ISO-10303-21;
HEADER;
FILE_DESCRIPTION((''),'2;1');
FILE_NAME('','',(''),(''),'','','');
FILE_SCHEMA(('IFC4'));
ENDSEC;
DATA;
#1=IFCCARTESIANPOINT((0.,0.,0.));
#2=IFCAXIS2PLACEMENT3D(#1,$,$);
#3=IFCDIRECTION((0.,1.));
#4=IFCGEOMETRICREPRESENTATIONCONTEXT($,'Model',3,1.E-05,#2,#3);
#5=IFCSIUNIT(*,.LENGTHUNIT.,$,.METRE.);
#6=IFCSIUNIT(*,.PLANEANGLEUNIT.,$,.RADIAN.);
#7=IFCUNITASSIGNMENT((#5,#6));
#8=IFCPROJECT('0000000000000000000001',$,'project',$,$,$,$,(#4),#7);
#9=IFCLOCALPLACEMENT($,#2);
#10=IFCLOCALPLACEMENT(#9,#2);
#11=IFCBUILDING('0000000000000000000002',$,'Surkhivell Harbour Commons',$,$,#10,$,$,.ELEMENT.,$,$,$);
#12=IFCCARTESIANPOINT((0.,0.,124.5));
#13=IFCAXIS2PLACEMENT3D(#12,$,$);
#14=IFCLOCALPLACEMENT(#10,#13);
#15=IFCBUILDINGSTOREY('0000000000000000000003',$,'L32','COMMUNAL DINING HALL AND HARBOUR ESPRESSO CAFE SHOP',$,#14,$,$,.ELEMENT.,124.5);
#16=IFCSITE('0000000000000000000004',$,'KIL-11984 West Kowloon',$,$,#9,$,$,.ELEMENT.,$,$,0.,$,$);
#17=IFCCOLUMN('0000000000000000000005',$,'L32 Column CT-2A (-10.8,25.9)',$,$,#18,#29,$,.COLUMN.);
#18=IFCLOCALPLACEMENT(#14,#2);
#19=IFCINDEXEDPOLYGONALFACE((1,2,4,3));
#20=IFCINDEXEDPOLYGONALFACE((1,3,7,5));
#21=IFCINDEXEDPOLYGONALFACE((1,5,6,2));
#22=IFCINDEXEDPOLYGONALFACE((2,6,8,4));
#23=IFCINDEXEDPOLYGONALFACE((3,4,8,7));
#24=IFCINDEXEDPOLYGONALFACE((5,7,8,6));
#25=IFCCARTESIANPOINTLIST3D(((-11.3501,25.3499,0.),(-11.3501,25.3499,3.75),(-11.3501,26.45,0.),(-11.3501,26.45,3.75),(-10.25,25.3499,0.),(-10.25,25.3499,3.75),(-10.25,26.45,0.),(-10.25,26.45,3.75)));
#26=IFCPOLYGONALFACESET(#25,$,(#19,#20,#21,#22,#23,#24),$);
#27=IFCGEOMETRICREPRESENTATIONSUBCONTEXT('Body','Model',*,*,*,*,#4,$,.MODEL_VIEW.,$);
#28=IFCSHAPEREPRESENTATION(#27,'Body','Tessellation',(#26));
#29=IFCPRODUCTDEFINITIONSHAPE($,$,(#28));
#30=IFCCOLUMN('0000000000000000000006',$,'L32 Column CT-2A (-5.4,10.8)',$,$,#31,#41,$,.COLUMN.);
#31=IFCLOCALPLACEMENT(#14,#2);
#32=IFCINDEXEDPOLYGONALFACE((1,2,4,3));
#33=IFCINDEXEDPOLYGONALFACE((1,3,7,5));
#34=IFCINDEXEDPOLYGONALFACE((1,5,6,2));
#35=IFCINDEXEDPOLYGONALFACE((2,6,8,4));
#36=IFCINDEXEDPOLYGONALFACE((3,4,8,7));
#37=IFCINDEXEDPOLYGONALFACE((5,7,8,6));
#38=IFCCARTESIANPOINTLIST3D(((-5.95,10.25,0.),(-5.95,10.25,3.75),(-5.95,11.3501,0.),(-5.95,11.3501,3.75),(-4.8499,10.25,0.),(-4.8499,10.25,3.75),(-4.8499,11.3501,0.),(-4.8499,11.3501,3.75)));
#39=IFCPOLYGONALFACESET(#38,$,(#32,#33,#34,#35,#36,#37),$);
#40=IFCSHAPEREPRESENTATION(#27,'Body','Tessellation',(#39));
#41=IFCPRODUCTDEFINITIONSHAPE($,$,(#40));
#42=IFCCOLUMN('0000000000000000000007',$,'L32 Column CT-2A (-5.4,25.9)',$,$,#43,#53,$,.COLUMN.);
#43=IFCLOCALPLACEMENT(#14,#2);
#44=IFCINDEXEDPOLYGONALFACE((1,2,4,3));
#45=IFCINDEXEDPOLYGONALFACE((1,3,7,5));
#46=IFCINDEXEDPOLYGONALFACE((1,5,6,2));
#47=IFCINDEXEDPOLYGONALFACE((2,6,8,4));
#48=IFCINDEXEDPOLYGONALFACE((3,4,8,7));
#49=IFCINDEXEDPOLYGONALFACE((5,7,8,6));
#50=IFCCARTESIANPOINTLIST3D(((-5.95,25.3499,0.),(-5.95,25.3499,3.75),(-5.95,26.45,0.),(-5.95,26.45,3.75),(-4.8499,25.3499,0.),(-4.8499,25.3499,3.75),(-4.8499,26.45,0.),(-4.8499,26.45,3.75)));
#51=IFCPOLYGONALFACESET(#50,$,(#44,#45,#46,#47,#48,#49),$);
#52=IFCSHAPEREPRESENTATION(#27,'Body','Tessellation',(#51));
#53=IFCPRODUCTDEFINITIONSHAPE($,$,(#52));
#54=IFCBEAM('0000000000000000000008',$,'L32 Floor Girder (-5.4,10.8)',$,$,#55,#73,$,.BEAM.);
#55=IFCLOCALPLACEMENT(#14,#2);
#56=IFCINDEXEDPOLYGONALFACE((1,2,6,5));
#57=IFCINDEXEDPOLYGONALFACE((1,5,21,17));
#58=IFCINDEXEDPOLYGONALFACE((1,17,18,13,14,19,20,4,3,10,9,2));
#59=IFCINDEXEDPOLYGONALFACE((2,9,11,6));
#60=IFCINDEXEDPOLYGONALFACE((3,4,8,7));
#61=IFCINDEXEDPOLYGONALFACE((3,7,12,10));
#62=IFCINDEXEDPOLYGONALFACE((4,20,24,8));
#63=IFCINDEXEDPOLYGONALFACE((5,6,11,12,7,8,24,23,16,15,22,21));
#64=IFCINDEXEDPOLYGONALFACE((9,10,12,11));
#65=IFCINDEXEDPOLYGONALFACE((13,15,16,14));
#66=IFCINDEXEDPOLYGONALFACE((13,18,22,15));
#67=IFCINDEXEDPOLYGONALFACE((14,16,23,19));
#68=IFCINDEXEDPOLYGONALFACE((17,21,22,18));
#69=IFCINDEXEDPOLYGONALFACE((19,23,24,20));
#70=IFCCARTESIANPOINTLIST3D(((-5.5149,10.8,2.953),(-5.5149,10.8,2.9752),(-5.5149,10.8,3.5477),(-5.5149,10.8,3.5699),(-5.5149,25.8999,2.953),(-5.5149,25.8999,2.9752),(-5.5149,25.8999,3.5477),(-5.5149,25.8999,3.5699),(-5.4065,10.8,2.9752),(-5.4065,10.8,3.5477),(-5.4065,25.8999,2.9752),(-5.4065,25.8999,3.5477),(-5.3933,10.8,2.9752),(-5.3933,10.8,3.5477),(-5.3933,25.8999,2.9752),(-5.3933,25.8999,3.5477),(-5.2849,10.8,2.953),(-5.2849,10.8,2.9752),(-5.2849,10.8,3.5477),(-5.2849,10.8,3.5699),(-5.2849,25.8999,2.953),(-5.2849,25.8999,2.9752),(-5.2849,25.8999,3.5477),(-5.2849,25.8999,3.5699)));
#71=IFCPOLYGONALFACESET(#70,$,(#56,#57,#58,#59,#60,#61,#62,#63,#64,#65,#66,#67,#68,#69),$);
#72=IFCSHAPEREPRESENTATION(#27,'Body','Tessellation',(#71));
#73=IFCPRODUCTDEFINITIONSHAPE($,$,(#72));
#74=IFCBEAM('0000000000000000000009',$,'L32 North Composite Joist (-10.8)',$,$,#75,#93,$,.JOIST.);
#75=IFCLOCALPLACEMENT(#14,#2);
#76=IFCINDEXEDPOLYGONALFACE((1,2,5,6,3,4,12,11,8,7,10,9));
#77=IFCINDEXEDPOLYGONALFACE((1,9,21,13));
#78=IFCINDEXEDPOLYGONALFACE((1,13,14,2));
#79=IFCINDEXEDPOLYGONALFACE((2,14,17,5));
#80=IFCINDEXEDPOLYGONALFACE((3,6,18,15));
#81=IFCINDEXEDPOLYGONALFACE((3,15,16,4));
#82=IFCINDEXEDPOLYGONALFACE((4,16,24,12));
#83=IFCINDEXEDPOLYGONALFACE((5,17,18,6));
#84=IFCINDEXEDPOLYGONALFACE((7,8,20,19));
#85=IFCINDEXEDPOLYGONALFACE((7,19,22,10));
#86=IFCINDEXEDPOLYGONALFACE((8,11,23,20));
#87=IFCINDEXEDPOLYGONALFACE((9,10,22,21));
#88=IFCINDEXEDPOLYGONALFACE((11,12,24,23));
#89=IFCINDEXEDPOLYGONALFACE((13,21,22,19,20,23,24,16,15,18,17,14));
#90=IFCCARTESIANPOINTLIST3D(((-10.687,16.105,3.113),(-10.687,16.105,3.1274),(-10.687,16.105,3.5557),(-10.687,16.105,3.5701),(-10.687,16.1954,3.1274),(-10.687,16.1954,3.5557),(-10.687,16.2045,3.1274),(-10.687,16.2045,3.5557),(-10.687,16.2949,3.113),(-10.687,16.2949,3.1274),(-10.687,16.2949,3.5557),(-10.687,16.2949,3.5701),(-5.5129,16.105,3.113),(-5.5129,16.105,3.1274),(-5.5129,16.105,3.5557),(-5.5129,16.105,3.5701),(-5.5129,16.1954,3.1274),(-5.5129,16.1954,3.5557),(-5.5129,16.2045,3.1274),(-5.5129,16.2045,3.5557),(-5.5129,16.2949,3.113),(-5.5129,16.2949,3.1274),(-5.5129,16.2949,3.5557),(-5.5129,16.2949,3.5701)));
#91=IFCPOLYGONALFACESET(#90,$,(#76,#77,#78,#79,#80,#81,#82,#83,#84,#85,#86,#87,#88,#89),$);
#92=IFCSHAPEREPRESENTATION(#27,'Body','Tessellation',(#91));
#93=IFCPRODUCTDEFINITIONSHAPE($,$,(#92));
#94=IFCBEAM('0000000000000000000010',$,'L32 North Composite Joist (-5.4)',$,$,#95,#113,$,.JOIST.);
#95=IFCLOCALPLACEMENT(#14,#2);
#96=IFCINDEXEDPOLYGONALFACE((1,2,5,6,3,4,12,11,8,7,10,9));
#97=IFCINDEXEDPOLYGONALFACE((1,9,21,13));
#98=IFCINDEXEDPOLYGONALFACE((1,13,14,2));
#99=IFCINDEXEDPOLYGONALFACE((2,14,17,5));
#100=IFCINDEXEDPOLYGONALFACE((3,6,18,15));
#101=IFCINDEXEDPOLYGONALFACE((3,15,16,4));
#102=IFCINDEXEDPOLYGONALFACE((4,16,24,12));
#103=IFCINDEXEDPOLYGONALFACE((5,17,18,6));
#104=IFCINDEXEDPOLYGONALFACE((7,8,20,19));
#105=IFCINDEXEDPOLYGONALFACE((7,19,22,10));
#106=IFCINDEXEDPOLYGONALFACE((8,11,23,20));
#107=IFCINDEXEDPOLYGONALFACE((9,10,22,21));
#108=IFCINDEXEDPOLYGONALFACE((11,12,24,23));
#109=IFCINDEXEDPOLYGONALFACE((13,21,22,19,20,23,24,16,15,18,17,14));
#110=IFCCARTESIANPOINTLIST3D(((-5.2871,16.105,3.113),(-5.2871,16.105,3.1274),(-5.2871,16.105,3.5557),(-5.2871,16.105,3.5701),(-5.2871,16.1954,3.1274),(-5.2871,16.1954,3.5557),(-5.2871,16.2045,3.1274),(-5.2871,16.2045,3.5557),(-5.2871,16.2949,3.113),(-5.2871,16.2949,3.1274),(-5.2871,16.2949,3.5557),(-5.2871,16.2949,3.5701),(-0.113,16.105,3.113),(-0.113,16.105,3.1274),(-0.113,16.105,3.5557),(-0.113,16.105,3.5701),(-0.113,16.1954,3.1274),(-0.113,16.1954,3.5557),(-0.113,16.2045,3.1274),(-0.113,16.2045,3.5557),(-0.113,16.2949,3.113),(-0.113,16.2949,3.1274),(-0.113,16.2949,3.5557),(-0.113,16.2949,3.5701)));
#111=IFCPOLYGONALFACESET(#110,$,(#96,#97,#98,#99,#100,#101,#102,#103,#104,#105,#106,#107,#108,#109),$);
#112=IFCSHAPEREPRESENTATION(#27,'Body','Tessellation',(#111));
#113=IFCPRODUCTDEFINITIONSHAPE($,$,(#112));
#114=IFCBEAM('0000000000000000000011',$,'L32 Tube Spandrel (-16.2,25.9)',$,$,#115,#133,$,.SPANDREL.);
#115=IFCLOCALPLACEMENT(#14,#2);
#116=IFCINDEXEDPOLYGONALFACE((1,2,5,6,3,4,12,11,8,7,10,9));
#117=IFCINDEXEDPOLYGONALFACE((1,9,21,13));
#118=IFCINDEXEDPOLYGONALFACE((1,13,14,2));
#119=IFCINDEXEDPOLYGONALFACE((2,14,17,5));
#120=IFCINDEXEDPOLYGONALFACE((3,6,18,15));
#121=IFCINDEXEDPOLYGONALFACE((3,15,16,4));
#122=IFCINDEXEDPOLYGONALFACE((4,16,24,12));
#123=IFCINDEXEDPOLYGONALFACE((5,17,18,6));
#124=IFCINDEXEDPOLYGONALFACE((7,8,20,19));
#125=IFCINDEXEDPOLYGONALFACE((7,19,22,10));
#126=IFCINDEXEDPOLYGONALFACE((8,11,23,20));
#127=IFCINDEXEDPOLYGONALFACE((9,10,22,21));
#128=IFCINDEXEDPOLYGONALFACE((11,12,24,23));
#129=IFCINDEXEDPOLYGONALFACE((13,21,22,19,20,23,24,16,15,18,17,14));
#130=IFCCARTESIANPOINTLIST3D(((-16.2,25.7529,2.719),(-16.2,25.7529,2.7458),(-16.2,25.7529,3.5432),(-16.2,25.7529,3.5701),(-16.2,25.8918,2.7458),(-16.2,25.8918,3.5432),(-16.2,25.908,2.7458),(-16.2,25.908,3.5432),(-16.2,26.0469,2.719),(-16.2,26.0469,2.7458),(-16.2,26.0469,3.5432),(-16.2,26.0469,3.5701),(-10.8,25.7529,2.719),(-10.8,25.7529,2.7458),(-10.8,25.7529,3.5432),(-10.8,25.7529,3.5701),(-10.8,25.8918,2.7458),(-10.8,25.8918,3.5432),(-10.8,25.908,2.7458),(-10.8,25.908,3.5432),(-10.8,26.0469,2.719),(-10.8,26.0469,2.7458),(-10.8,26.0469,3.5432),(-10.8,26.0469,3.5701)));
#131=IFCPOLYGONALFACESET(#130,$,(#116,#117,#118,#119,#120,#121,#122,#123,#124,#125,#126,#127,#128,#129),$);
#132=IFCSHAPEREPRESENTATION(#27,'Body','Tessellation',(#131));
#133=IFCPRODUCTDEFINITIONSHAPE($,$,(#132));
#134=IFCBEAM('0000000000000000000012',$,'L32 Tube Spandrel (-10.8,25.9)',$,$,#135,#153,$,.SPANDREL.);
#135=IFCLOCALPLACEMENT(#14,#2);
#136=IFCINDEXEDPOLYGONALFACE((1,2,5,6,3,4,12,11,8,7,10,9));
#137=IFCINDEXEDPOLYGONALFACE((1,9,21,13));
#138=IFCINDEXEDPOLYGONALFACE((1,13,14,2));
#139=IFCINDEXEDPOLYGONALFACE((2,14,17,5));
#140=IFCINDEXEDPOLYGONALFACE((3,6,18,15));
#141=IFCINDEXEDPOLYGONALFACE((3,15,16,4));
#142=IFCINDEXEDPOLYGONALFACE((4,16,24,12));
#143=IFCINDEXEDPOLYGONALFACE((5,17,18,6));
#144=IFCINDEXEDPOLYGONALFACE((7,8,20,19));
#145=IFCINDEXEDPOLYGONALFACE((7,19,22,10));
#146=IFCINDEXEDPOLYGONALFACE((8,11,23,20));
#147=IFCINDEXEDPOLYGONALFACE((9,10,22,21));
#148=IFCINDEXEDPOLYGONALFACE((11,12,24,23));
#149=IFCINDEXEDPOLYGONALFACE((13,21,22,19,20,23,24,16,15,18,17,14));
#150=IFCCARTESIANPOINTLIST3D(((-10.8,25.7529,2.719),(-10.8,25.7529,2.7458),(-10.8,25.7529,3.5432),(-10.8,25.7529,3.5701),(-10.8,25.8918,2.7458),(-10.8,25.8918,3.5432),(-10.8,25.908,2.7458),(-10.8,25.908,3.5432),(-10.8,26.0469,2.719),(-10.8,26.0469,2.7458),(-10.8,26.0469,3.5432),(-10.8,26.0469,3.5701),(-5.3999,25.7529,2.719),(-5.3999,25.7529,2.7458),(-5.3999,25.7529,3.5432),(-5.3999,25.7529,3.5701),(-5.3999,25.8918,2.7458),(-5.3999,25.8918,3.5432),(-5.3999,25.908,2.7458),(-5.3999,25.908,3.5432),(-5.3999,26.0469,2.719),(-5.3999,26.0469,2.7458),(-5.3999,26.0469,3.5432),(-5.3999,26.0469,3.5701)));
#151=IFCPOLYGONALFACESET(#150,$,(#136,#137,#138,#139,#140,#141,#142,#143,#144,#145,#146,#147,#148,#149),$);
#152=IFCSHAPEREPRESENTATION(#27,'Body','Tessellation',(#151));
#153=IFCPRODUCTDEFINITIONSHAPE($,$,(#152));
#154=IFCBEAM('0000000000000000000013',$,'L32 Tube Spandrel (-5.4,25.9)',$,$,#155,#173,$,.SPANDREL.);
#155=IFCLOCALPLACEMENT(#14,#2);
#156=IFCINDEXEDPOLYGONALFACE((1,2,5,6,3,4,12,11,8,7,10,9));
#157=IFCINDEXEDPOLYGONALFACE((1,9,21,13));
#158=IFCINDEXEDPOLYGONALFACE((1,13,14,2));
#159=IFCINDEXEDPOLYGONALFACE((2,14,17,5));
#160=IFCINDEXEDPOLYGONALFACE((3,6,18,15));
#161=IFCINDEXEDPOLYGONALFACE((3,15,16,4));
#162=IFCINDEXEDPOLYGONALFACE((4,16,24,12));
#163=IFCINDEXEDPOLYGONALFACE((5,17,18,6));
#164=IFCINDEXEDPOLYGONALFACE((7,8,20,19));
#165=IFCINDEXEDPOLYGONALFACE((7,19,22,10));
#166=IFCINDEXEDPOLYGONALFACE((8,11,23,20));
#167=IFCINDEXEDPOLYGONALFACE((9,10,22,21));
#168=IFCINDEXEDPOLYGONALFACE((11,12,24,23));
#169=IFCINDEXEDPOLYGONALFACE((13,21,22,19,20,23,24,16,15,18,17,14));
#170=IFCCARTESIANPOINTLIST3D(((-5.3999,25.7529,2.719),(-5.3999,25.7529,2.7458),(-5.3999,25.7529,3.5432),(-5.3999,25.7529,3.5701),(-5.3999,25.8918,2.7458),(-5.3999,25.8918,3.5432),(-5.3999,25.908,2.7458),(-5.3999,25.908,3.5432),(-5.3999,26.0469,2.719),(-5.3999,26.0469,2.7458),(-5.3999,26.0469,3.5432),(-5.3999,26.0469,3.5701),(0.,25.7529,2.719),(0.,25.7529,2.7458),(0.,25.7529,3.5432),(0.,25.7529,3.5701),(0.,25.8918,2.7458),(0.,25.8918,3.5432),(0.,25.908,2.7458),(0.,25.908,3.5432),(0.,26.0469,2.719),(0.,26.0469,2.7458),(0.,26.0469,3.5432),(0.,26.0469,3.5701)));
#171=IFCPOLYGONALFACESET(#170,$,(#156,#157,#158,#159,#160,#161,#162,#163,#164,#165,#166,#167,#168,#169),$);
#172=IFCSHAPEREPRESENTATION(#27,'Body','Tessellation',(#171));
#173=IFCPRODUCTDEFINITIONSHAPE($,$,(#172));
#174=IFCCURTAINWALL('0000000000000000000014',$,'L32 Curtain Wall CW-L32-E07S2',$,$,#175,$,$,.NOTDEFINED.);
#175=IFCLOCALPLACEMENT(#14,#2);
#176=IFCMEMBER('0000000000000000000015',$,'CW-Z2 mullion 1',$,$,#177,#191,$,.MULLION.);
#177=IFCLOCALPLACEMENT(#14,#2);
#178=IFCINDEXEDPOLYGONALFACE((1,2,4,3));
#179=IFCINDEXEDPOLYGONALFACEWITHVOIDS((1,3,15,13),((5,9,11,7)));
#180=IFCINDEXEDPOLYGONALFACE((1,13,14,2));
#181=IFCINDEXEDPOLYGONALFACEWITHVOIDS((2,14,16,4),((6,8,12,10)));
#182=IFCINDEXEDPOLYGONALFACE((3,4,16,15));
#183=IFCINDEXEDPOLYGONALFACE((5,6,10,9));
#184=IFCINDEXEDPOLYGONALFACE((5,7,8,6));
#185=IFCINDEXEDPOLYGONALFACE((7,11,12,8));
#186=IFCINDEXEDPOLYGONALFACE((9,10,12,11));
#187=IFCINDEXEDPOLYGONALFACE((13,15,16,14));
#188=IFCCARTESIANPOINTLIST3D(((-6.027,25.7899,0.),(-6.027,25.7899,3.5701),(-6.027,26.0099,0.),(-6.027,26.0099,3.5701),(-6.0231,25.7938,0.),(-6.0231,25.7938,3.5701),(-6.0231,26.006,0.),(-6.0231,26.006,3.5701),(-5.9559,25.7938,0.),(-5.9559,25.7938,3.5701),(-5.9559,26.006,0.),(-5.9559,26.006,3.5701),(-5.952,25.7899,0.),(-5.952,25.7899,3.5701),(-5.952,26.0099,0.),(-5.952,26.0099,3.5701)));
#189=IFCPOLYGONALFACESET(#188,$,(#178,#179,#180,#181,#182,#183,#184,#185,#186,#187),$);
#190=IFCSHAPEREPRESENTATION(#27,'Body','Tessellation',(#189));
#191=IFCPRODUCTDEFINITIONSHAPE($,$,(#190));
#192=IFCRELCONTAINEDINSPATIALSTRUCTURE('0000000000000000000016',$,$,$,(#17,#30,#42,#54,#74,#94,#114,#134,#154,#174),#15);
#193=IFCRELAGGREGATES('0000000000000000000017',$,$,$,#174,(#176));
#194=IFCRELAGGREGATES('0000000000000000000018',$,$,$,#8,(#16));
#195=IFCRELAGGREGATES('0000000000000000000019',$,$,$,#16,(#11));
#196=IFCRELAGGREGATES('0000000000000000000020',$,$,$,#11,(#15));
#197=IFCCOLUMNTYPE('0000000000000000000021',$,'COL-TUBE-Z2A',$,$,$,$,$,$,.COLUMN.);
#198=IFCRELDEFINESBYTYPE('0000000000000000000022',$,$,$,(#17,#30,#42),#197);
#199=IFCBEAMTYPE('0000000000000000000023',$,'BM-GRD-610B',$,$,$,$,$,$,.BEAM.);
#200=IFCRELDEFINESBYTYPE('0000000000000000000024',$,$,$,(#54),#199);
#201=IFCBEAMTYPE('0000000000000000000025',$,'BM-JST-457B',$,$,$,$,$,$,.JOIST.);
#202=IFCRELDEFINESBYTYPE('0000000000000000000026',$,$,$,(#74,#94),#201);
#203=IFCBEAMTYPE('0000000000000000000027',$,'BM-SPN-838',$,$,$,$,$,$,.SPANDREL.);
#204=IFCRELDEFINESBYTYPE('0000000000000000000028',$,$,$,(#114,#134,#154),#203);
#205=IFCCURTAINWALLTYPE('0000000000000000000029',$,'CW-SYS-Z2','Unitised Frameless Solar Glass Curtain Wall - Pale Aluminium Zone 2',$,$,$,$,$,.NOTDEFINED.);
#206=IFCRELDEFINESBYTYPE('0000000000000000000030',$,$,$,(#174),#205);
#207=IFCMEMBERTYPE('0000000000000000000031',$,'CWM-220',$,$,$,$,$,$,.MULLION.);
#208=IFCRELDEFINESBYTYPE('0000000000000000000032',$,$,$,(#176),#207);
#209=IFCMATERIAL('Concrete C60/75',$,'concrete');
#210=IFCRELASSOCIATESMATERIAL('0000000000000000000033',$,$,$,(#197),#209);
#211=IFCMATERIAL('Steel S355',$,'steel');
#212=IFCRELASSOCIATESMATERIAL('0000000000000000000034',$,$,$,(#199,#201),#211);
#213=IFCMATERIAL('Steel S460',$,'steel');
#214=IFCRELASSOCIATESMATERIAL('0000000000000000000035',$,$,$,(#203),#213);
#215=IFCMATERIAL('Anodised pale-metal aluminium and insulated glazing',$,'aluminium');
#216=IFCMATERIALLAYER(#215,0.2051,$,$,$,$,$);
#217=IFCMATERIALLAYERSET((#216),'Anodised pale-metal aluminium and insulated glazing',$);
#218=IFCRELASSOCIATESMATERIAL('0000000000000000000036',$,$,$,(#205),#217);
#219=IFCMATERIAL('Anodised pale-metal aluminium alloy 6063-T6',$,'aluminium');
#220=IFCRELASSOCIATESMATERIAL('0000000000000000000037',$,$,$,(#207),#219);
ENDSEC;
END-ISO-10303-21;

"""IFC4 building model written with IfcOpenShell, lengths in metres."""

from ifc_helpers import new_model, si_unit, direction, frame, origin, origin_2d, place, context, subcontext, project, spatial, rectangle, hollow_rectangle, i_section, extrude, material, layer, layer_set, material_profile, profile_set, type_object, element, aggregate, save


model = new_model("IFC4")

# Units and contexts
model_context = context("Model", 3, precision=1e-05, world=origin(), true_north=direction((0.0, 1.0)))
body_context = subcontext(model_context, "Body", "Model", "MODEL_VIEW")
ifc_project = project(units=[si_unit("LENGTHUNIT", "METRE"), si_unit("PLANEANGLEUNIT", "RADIAN")], contexts=[model_context])

# Site, building, storey
site_placement = place(None, origin())
site = spatial("IfcSite", under=ifc_project, at=site_placement, Name="KIL-11984 West Kowloon", CompositionType="ELEMENT", RefElevation=0.0)
building_placement = place(site_placement, origin())
building = spatial("IfcBuilding", under=site, at=building_placement, Name="Surkhivell Harbour Commons", CompositionType="ELEMENT")
storey_placement = place(building_placement, frame((0.0, 0.0, 124.5)))
storey = spatial("IfcBuildingStorey", under=building, at=storey_placement, Name="L32", Description="COMMUNAL DINING HALL AND HARBOUR ESPRESSO CAFE SHOP", CompositionType="ELEMENT", Elevation=124.5)

# Columns
ifc_material_1 = material(Name="Concrete C60/75", Category="concrete")
ifc_material_profile_1 = material_profile(ifc_material_1, rectangle(XDim=1.1001, YDim=1.1001, at=origin_2d()), Name="RC-COL-1100x1100")
ifc_profile_set_1 = profile_set([ifc_material_profile_1], Name="Concrete C60/75")
column_type = type_object("IfcColumnType", Name="COL-TUBE-Z2A", PredefinedType="COLUMN", material=ifc_profile_set_1)
for number, where, z_axis, x_axis, name in (
    (1, (-10.8, 25.8999, 0.0), (0.0, 0.0, 1.0), (1.0, 0.0, 0.0), "L32 Column CT-2A (-10.8,25.9)"),
    (2, (-5.3999, 10.8, 0.0), (0.0, 0.0, 1.0), (1.0, 0.0, 0.0), "L32 Column CT-2A (-5.4,10.8)"),
    (3, (-5.3999, 25.8999, 0.0), (0.0, 0.0, 1.0), (1.0, 0.0, 0.0), "L32 Column CT-2A (-5.4,25.9)"),
):
    element("IfcColumn", number, at=place(storey_placement, frame(where, z_axis=z_axis, x_axis=x_axis)), inside=storey, type_object=column_type, Name=name, PredefinedType="COLUMN", context=body_context, shape_type="SweptSolid", body=[
        extrude(rectangle(XDim=1.1001, YDim=1.1001, at=origin_2d()), origin(), (0.0, 0.0, 1.0), 3.75),
    ])

# Beams
ifc_material_2 = material(Name="Steel S355", Category="steel")
ifc_material_profile_2 = material_profile(ifc_material_2, i_section(OverallWidth=0.23, OverallDepth=0.6169, WebThickness=0.0132, FlangeThickness=0.0222, at=origin_2d()), Name="UB610x229x140")
ifc_profile_set_2 = profile_set([ifc_material_profile_2], Name="Steel S355")
beam_type_1 = type_object("IfcBeamType", Name="BM-GRD-610B", PredefinedType="BEAM", material=ifc_profile_set_2)
beam_1_placement = place(storey_placement, frame((-5.3999, 10.8, 3.2615), z_axis=(0.0, 1.0, 0.0), x_axis=(-1.0, 0.0, 0.0)))
element("IfcBeam", 4, at=beam_1_placement, inside=storey, type_object=beam_type_1, Name="L32 Floor Girder (-5.4,10.8)", PredefinedType="BEAM", context=body_context, shape_type="SweptSolid", body=[
    extrude(i_section(OverallWidth=0.23, OverallDepth=0.6169, WebThickness=0.0132, FlangeThickness=0.0222, at=origin_2d()), origin(), (0.0, 0.0, 1.0), 15.0999),
])
ifc_material_profile_3 = material_profile(ifc_material_2, i_section(OverallWidth=0.1899, OverallDepth=0.457, WebThickness=0.009, FlangeThickness=0.0144, at=origin_2d()), Name="UB457x191x74")
ifc_profile_set_3 = profile_set([ifc_material_profile_3], Name="Steel S355")
beam_type_2 = type_object("IfcBeamType", Name="BM-JST-457B", PredefinedType="JOIST", material=ifc_profile_set_3)
for number, where, z_axis, x_axis, name in (
    (5, (-10.687, 16.2, 3.3416), (1.0, 0.0, 0.0), (0.0, 1.0, 0.0), "L32 North Composite Joist (-10.8)"),
    (6, (-5.2871, 16.2, 3.3416), (1.0, 0.0, 0.0), (0.0, 1.0, 0.0), "L32 North Composite Joist (-5.4)"),
):
    element("IfcBeam", number, at=place(storey_placement, frame(where, z_axis=z_axis, x_axis=x_axis)), inside=storey, type_object=beam_type_2, Name=name, PredefinedType="JOIST", context=body_context, shape_type="SweptSolid", body=[
        extrude(i_section(OverallWidth=0.1899, OverallDepth=0.457, WebThickness=0.009, FlangeThickness=0.0144, at=origin_2d()), origin(), (0.0, 0.0, 1.0), 5.1741),
    ])
ifc_material_3 = material(Name="Steel S460", Category="steel")
ifc_material_profile_4 = material_profile(ifc_material_3, i_section(OverallWidth=0.2939, OverallDepth=0.8511, WebThickness=0.0161, FlangeThickness=0.0269, at=origin_2d()), Name="UB838x292x226")
ifc_profile_set_4 = profile_set([ifc_material_profile_4], Name="Steel S460")
beam_type_3 = type_object("IfcBeamType", Name="BM-SPN-838", PredefinedType="SPANDREL", material=ifc_profile_set_4)
beam_2_placement = place(storey_placement, frame((-16.2, 25.8999, 3.1445), z_axis=(1.0, 0.0, 0.0), x_axis=(0.0, 1.0, 0.0)))
element("IfcBeam", 7, at=beam_2_placement, inside=storey, type_object=beam_type_3, Name="L32 Tube Spandrel (-16.2,25.9)", PredefinedType="SPANDREL", context=body_context, shape_type="SweptSolid", body=[
    extrude(i_section(OverallWidth=0.2939, OverallDepth=0.8511, WebThickness=0.0161, FlangeThickness=0.0269, at=origin_2d()), origin(), (0.0, 0.0, 1.0), 5.3999),
])
beam_3_placement = place(storey_placement, frame((-10.8, 25.8999, 3.1445), z_axis=(1.0, 0.0, 0.0), x_axis=(0.0, 1.0, 0.0)))
element("IfcBeam", 8, at=beam_3_placement, inside=storey, type_object=beam_type_3, Name="L32 Tube Spandrel (-10.8,25.9)", PredefinedType="SPANDREL", context=body_context, shape_type="SweptSolid", body=[
    extrude(i_section(OverallWidth=0.2939, OverallDepth=0.8511, WebThickness=0.0161, FlangeThickness=0.0269, at=origin_2d()), origin(), (0.0, 0.0, 1.0), 5.4001),
])
beam_4_placement = place(storey_placement, frame((-5.3999, 25.8999, 3.1445), z_axis=(1.0, 0.0, 0.0), x_axis=(0.0, 1.0, 0.0)))
element("IfcBeam", 9, at=beam_4_placement, inside=storey, type_object=beam_type_3, Name="L32 Tube Spandrel (-5.4,25.9)", PredefinedType="SPANDREL", context=body_context, shape_type="SweptSolid", body=[
    extrude(i_section(OverallWidth=0.2939, OverallDepth=0.8511, WebThickness=0.0161, FlangeThickness=0.0269, at=origin_2d()), origin(), (0.0, 0.0, 1.0), 5.3999),
])

# Curtain wall, member
ifc_material_4 = material(Name="Anodised pale-metal aluminium and insulated glazing", Category="aluminium")
ifc_layer_1 = layer(ifc_material_4, 0.2051)
ifc_layer_set_1 = layer_set([ifc_layer_1], Name="Anodised pale-metal aluminium and insulated glazing")
curtain_wall_type = type_object("IfcCurtainWallType", Name="CW-SYS-Z2", Description="Unitised Frameless Solar Glass Curtain Wall - Pale Aluminium Zone 2", PredefinedType="NOTDEFINED", material=ifc_layer_set_1)
curtain_wall_placement = place(storey_placement, origin())
curtain_wall = element("IfcCurtainWall", 10, at=curtain_wall_placement, inside=storey, type_object=curtain_wall_type, Name="L32 Curtain Wall CW-L32-E07S2", PredefinedType="NOTDEFINED")
ifc_material_5 = material(Name="Anodised pale-metal aluminium alloy 6063-T6", Category="aluminium")
ifc_material_profile_5 = material_profile(ifc_material_5, hollow_rectangle(XDim=0.075, YDim=0.22, WallThickness=0.0039, at=origin_2d()), Name="ALU-MULL-75x220")
ifc_profile_set_5 = profile_set([ifc_material_profile_5], Name="Anodised pale-metal aluminium alloy 6063-T6")
member_type_1 = type_object("IfcMemberType", Name="CWM-220", PredefinedType="MULLION", material=ifc_profile_set_5)
member_1_placement = place(storey_placement, frame((-5.9895, 25.8999, 0.0), z_axis=(0.0, 0.0, 1.0), x_axis=(-1.0, 0.0, 0.0)))
member_1 = element("IfcMember", 11, at=member_1_placement, type_object=member_type_1, Name="CW-Z2 mullion 1", PredefinedType="MULLION", context=body_context, shape_type="SweptSolid", body=[
    extrude(hollow_rectangle(XDim=0.075, YDim=0.22, WallThickness=0.0039, at=origin_2d()), origin(), (0.0, 0.0, 1.0), 3.5701),
])

aggregate(curtain_wall, [member_1])

save(model, "model.ifc")
